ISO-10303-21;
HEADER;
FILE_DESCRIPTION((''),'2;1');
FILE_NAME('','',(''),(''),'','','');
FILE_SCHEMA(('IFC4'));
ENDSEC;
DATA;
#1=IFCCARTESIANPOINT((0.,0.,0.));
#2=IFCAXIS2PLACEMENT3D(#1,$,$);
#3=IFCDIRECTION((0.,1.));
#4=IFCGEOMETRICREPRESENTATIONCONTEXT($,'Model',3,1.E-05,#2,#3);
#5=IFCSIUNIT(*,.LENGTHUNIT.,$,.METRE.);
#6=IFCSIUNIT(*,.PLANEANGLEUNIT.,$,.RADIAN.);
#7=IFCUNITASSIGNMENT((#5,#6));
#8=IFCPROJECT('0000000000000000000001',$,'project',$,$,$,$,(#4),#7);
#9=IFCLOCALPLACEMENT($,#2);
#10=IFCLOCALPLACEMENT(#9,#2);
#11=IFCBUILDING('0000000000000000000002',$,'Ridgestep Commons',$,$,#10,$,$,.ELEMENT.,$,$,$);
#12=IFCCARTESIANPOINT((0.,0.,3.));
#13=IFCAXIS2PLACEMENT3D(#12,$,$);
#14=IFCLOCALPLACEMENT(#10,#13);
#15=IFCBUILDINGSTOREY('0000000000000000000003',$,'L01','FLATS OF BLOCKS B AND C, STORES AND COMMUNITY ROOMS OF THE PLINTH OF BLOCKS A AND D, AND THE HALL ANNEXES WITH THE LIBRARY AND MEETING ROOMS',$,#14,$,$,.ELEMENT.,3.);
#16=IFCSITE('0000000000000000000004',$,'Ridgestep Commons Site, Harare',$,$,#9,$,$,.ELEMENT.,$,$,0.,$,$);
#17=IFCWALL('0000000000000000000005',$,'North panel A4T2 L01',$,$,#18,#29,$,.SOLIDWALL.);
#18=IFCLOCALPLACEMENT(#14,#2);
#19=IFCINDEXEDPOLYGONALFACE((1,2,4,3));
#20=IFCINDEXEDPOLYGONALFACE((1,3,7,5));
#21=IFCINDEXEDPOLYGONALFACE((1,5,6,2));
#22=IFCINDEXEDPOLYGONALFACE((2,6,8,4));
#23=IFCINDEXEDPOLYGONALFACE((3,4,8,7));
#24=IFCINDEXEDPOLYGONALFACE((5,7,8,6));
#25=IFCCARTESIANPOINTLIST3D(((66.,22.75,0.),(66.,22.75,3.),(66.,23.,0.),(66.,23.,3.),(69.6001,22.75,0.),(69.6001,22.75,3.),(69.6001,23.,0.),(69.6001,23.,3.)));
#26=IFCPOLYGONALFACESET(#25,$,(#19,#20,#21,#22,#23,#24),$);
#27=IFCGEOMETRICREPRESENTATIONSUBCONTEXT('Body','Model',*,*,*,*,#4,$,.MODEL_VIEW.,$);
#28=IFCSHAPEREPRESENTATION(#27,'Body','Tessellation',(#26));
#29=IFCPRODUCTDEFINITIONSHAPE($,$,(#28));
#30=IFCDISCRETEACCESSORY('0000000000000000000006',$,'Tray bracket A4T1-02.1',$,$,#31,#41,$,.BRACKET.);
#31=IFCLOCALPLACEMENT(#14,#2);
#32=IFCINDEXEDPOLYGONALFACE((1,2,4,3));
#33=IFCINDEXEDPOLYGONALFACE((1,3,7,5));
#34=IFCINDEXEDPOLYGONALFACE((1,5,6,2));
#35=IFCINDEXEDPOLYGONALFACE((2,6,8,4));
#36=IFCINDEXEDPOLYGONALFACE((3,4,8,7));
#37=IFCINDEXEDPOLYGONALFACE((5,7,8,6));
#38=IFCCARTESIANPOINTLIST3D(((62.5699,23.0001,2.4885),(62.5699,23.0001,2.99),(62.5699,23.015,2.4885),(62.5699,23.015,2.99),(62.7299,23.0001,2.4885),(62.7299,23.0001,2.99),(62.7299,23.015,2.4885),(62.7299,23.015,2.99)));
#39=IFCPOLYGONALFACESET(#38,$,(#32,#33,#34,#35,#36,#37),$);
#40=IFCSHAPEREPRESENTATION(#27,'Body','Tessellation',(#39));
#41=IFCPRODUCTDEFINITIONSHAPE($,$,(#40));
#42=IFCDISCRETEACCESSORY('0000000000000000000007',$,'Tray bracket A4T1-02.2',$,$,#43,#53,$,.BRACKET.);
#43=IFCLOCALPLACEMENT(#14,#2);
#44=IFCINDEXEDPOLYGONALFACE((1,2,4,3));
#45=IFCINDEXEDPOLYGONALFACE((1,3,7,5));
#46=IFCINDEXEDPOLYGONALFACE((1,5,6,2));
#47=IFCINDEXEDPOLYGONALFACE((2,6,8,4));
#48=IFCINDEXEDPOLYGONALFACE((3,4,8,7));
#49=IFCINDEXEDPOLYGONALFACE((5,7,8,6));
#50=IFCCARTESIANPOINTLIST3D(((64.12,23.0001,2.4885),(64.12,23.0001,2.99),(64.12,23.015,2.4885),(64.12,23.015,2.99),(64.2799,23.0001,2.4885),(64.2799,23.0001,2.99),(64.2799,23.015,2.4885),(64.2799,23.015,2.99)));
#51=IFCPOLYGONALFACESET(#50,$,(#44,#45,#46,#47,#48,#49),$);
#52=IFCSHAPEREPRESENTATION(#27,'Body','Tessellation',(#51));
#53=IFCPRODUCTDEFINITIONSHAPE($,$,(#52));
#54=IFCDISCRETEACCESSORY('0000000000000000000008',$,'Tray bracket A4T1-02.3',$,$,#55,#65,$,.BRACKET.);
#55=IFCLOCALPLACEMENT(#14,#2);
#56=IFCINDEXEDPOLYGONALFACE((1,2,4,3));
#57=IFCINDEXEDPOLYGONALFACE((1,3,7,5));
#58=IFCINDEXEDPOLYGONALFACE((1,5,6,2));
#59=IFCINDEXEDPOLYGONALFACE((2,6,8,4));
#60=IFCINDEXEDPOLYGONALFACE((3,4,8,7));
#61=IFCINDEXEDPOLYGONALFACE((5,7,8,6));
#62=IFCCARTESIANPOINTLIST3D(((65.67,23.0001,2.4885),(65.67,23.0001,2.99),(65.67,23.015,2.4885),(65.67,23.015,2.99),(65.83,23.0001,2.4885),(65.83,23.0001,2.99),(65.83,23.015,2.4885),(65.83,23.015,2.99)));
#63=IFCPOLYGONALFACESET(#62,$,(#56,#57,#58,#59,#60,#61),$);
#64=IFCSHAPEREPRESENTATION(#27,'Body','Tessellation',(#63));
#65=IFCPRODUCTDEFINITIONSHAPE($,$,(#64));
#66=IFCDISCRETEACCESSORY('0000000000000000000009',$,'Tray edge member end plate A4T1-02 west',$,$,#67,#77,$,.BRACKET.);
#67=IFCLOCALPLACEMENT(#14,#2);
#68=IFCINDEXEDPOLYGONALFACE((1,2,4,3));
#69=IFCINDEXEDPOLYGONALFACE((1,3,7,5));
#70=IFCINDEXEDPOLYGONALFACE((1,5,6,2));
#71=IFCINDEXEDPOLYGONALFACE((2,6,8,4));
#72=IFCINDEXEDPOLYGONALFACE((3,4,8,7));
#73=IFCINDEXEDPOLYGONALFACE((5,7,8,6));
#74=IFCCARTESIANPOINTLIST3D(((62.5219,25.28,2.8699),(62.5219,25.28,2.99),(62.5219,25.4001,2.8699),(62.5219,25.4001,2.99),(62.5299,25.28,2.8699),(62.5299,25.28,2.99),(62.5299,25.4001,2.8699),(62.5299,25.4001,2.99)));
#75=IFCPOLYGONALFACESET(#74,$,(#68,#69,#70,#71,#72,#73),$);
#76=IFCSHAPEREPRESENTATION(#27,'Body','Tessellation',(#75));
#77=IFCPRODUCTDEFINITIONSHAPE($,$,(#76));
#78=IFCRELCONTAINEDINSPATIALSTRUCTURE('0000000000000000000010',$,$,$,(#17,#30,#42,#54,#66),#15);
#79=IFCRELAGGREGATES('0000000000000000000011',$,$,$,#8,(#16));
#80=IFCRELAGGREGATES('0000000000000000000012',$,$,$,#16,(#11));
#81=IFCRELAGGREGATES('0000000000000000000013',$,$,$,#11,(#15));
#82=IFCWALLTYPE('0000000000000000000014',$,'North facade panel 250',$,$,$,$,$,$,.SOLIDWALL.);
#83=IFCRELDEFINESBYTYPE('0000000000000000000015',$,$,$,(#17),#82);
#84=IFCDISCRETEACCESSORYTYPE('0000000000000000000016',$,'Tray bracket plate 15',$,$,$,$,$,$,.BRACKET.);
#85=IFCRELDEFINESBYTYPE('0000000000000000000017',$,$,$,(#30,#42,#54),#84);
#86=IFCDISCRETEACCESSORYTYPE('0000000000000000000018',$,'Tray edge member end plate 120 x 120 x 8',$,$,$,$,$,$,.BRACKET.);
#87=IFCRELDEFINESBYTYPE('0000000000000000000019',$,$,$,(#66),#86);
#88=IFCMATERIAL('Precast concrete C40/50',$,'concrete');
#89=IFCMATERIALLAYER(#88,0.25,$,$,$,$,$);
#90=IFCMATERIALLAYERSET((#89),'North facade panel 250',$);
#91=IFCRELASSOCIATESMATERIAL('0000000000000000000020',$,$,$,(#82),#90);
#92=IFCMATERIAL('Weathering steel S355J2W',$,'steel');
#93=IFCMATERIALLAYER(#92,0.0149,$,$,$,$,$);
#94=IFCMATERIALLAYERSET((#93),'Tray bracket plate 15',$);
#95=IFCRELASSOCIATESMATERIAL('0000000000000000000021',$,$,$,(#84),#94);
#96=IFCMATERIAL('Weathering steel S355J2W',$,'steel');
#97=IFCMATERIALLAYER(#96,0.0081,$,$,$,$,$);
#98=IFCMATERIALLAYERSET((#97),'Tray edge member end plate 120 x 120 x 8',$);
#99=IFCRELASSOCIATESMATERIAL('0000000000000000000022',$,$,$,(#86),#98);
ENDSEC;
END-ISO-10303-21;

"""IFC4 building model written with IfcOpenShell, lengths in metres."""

from ifc_helpers import new_model, si_unit, direction, frame, frame_2d, origin, origin_2d, place, context, subcontext, project, spatial, rectangle, extrude, material, layer, layer_set, type_object, element, save


model = new_model("IFC4")

# Units and contexts
model_context = context("Model", 3, precision=1e-05, world=origin(), true_north=direction((0.0, 1.0)))
body_context = subcontext(model_context, "Body", "Model", "MODEL_VIEW")
ifc_project = project(units=[si_unit("LENGTHUNIT", "METRE"), si_unit("PLANEANGLEUNIT", "RADIAN")], contexts=[model_context])

# Site, building, storey
site_placement = place(None, origin())
site = spatial("IfcSite", under=ifc_project, at=site_placement, Name="Ridgestep Commons Site, Harare", CompositionType="ELEMENT", RefElevation=0.0)
building_placement = place(site_placement, origin())
building = spatial("IfcBuilding", under=site, at=building_placement, Name="Ridgestep Commons", CompositionType="ELEMENT")
storey_placement = place(building_placement, frame((0.0, 0.0, 3.0)))
storey = spatial("IfcBuildingStorey", under=building, at=storey_placement, Name="L01", Description="FLATS OF BLOCKS B AND C, STORES AND COMMUNITY ROOMS OF THE PLINTH OF BLOCKS A AND D, AND THE HALL ANNEXES WITH THE LIBRARY AND MEETING ROOMS", CompositionType="ELEMENT", Elevation=3.0)

# Wall
ifc_material_1 = material(Name="Precast concrete C40/50", Category="concrete")
ifc_layer_1 = layer(ifc_material_1, 0.25)
ifc_layer_set_1 = layer_set([ifc_layer_1], Name="North facade panel 250")
wall_type = type_object("IfcWallType", Name="North facade panel 250", PredefinedType="SOLIDWALL", material=ifc_layer_set_1)
for number, where, z_axis, x_axis, name in (
    (1, (66.0, 22.875, 0.0), (0.0, 0.0, 1.0), (1.0, 0.0, 0.0), "North panel A4T2 L01"),
):
    element("IfcWall", number, at=place(storey_placement, frame(where, z_axis=z_axis, x_axis=x_axis)), inside=storey, type_object=wall_type, Name=name, PredefinedType="SOLIDWALL", context=body_context, shape_type="SweptSolid", body=[
        extrude(rectangle(XDim=3.6001, YDim=0.25, at=frame_2d((1.8, 0.0))), origin(), (0.0, 0.0, 1.0), 3.0),
    ])

# Discrete accessories
ifc_material_2 = material(Name="Weathering steel S355J2W", Category="steel")
ifc_layer_2 = layer(ifc_material_2, 0.0149)
ifc_layer_set_2 = layer_set([ifc_layer_2], Name="Tray bracket plate 15")
discrete_accessory_type_1 = type_object("IfcDiscreteAccessoryType", Name="Tray bracket plate 15", PredefinedType="BRACKET", material=ifc_layer_set_2)
for number, where, z_axis, x_axis, name in (
    (2, (62.6499, 23.0076, 2.4885), (0.0, 0.0, 1.0), (1.0, 0.0, 0.0), "Tray bracket A4T1-02.1"),
    (3, (64.2, 23.0076, 2.4885), (0.0, 0.0, 1.0), (1.0, 0.0, 0.0), "Tray bracket A4T1-02.2"),
    (4, (65.75, 23.0076, 2.4885), (0.0, 0.0, 1.0), (1.0, 0.0, 0.0), "Tray bracket A4T1-02.3"),
):
    element("IfcDiscreteAccessory", number, at=place(storey_placement, frame(where, z_axis=z_axis, x_axis=x_axis)), inside=storey, type_object=discrete_accessory_type_1, Name=name, PredefinedType="BRACKET", context=body_context, shape_type="SweptSolid", body=[
        extrude(rectangle(XDim=0.1599, YDim=0.0149, at=origin_2d()), origin(), (0.0, 0.0, 1.0), 0.5015),
    ])
ifc_material_3 = material(Name="Weathering steel S355J2W", Category="steel")
ifc_layer_3 = layer(ifc_material_3, 0.0081)
ifc_layer_set_3 = layer_set([ifc_layer_3], Name="Tray edge member end plate 120 x 120 x 8")
discrete_accessory_type_2 = type_object("IfcDiscreteAccessoryType", Name="Tray edge member end plate 120 x 120 x 8", PredefinedType="BRACKET", material=ifc_layer_set_3)
discrete_accessory_placement = place(storey_placement, frame((62.5259, 25.3401, 2.8699), z_axis=(0.0, 0.0, 1.0), x_axis=(1.0, 0.0, 0.0)))
element("IfcDiscreteAccessory", 5, at=discrete_accessory_placement, inside=storey, type_object=discrete_accessory_type_2, Name="Tray edge member end plate A4T1-02 west", PredefinedType="BRACKET", context=body_context, shape_type="SweptSolid", body=[
    extrude(rectangle(XDim=0.0081, YDim=0.1201, at=origin_2d()), origin(), (0.0, 0.0, 1.0), 0.1201),
])

save(model, "model.ifc")
